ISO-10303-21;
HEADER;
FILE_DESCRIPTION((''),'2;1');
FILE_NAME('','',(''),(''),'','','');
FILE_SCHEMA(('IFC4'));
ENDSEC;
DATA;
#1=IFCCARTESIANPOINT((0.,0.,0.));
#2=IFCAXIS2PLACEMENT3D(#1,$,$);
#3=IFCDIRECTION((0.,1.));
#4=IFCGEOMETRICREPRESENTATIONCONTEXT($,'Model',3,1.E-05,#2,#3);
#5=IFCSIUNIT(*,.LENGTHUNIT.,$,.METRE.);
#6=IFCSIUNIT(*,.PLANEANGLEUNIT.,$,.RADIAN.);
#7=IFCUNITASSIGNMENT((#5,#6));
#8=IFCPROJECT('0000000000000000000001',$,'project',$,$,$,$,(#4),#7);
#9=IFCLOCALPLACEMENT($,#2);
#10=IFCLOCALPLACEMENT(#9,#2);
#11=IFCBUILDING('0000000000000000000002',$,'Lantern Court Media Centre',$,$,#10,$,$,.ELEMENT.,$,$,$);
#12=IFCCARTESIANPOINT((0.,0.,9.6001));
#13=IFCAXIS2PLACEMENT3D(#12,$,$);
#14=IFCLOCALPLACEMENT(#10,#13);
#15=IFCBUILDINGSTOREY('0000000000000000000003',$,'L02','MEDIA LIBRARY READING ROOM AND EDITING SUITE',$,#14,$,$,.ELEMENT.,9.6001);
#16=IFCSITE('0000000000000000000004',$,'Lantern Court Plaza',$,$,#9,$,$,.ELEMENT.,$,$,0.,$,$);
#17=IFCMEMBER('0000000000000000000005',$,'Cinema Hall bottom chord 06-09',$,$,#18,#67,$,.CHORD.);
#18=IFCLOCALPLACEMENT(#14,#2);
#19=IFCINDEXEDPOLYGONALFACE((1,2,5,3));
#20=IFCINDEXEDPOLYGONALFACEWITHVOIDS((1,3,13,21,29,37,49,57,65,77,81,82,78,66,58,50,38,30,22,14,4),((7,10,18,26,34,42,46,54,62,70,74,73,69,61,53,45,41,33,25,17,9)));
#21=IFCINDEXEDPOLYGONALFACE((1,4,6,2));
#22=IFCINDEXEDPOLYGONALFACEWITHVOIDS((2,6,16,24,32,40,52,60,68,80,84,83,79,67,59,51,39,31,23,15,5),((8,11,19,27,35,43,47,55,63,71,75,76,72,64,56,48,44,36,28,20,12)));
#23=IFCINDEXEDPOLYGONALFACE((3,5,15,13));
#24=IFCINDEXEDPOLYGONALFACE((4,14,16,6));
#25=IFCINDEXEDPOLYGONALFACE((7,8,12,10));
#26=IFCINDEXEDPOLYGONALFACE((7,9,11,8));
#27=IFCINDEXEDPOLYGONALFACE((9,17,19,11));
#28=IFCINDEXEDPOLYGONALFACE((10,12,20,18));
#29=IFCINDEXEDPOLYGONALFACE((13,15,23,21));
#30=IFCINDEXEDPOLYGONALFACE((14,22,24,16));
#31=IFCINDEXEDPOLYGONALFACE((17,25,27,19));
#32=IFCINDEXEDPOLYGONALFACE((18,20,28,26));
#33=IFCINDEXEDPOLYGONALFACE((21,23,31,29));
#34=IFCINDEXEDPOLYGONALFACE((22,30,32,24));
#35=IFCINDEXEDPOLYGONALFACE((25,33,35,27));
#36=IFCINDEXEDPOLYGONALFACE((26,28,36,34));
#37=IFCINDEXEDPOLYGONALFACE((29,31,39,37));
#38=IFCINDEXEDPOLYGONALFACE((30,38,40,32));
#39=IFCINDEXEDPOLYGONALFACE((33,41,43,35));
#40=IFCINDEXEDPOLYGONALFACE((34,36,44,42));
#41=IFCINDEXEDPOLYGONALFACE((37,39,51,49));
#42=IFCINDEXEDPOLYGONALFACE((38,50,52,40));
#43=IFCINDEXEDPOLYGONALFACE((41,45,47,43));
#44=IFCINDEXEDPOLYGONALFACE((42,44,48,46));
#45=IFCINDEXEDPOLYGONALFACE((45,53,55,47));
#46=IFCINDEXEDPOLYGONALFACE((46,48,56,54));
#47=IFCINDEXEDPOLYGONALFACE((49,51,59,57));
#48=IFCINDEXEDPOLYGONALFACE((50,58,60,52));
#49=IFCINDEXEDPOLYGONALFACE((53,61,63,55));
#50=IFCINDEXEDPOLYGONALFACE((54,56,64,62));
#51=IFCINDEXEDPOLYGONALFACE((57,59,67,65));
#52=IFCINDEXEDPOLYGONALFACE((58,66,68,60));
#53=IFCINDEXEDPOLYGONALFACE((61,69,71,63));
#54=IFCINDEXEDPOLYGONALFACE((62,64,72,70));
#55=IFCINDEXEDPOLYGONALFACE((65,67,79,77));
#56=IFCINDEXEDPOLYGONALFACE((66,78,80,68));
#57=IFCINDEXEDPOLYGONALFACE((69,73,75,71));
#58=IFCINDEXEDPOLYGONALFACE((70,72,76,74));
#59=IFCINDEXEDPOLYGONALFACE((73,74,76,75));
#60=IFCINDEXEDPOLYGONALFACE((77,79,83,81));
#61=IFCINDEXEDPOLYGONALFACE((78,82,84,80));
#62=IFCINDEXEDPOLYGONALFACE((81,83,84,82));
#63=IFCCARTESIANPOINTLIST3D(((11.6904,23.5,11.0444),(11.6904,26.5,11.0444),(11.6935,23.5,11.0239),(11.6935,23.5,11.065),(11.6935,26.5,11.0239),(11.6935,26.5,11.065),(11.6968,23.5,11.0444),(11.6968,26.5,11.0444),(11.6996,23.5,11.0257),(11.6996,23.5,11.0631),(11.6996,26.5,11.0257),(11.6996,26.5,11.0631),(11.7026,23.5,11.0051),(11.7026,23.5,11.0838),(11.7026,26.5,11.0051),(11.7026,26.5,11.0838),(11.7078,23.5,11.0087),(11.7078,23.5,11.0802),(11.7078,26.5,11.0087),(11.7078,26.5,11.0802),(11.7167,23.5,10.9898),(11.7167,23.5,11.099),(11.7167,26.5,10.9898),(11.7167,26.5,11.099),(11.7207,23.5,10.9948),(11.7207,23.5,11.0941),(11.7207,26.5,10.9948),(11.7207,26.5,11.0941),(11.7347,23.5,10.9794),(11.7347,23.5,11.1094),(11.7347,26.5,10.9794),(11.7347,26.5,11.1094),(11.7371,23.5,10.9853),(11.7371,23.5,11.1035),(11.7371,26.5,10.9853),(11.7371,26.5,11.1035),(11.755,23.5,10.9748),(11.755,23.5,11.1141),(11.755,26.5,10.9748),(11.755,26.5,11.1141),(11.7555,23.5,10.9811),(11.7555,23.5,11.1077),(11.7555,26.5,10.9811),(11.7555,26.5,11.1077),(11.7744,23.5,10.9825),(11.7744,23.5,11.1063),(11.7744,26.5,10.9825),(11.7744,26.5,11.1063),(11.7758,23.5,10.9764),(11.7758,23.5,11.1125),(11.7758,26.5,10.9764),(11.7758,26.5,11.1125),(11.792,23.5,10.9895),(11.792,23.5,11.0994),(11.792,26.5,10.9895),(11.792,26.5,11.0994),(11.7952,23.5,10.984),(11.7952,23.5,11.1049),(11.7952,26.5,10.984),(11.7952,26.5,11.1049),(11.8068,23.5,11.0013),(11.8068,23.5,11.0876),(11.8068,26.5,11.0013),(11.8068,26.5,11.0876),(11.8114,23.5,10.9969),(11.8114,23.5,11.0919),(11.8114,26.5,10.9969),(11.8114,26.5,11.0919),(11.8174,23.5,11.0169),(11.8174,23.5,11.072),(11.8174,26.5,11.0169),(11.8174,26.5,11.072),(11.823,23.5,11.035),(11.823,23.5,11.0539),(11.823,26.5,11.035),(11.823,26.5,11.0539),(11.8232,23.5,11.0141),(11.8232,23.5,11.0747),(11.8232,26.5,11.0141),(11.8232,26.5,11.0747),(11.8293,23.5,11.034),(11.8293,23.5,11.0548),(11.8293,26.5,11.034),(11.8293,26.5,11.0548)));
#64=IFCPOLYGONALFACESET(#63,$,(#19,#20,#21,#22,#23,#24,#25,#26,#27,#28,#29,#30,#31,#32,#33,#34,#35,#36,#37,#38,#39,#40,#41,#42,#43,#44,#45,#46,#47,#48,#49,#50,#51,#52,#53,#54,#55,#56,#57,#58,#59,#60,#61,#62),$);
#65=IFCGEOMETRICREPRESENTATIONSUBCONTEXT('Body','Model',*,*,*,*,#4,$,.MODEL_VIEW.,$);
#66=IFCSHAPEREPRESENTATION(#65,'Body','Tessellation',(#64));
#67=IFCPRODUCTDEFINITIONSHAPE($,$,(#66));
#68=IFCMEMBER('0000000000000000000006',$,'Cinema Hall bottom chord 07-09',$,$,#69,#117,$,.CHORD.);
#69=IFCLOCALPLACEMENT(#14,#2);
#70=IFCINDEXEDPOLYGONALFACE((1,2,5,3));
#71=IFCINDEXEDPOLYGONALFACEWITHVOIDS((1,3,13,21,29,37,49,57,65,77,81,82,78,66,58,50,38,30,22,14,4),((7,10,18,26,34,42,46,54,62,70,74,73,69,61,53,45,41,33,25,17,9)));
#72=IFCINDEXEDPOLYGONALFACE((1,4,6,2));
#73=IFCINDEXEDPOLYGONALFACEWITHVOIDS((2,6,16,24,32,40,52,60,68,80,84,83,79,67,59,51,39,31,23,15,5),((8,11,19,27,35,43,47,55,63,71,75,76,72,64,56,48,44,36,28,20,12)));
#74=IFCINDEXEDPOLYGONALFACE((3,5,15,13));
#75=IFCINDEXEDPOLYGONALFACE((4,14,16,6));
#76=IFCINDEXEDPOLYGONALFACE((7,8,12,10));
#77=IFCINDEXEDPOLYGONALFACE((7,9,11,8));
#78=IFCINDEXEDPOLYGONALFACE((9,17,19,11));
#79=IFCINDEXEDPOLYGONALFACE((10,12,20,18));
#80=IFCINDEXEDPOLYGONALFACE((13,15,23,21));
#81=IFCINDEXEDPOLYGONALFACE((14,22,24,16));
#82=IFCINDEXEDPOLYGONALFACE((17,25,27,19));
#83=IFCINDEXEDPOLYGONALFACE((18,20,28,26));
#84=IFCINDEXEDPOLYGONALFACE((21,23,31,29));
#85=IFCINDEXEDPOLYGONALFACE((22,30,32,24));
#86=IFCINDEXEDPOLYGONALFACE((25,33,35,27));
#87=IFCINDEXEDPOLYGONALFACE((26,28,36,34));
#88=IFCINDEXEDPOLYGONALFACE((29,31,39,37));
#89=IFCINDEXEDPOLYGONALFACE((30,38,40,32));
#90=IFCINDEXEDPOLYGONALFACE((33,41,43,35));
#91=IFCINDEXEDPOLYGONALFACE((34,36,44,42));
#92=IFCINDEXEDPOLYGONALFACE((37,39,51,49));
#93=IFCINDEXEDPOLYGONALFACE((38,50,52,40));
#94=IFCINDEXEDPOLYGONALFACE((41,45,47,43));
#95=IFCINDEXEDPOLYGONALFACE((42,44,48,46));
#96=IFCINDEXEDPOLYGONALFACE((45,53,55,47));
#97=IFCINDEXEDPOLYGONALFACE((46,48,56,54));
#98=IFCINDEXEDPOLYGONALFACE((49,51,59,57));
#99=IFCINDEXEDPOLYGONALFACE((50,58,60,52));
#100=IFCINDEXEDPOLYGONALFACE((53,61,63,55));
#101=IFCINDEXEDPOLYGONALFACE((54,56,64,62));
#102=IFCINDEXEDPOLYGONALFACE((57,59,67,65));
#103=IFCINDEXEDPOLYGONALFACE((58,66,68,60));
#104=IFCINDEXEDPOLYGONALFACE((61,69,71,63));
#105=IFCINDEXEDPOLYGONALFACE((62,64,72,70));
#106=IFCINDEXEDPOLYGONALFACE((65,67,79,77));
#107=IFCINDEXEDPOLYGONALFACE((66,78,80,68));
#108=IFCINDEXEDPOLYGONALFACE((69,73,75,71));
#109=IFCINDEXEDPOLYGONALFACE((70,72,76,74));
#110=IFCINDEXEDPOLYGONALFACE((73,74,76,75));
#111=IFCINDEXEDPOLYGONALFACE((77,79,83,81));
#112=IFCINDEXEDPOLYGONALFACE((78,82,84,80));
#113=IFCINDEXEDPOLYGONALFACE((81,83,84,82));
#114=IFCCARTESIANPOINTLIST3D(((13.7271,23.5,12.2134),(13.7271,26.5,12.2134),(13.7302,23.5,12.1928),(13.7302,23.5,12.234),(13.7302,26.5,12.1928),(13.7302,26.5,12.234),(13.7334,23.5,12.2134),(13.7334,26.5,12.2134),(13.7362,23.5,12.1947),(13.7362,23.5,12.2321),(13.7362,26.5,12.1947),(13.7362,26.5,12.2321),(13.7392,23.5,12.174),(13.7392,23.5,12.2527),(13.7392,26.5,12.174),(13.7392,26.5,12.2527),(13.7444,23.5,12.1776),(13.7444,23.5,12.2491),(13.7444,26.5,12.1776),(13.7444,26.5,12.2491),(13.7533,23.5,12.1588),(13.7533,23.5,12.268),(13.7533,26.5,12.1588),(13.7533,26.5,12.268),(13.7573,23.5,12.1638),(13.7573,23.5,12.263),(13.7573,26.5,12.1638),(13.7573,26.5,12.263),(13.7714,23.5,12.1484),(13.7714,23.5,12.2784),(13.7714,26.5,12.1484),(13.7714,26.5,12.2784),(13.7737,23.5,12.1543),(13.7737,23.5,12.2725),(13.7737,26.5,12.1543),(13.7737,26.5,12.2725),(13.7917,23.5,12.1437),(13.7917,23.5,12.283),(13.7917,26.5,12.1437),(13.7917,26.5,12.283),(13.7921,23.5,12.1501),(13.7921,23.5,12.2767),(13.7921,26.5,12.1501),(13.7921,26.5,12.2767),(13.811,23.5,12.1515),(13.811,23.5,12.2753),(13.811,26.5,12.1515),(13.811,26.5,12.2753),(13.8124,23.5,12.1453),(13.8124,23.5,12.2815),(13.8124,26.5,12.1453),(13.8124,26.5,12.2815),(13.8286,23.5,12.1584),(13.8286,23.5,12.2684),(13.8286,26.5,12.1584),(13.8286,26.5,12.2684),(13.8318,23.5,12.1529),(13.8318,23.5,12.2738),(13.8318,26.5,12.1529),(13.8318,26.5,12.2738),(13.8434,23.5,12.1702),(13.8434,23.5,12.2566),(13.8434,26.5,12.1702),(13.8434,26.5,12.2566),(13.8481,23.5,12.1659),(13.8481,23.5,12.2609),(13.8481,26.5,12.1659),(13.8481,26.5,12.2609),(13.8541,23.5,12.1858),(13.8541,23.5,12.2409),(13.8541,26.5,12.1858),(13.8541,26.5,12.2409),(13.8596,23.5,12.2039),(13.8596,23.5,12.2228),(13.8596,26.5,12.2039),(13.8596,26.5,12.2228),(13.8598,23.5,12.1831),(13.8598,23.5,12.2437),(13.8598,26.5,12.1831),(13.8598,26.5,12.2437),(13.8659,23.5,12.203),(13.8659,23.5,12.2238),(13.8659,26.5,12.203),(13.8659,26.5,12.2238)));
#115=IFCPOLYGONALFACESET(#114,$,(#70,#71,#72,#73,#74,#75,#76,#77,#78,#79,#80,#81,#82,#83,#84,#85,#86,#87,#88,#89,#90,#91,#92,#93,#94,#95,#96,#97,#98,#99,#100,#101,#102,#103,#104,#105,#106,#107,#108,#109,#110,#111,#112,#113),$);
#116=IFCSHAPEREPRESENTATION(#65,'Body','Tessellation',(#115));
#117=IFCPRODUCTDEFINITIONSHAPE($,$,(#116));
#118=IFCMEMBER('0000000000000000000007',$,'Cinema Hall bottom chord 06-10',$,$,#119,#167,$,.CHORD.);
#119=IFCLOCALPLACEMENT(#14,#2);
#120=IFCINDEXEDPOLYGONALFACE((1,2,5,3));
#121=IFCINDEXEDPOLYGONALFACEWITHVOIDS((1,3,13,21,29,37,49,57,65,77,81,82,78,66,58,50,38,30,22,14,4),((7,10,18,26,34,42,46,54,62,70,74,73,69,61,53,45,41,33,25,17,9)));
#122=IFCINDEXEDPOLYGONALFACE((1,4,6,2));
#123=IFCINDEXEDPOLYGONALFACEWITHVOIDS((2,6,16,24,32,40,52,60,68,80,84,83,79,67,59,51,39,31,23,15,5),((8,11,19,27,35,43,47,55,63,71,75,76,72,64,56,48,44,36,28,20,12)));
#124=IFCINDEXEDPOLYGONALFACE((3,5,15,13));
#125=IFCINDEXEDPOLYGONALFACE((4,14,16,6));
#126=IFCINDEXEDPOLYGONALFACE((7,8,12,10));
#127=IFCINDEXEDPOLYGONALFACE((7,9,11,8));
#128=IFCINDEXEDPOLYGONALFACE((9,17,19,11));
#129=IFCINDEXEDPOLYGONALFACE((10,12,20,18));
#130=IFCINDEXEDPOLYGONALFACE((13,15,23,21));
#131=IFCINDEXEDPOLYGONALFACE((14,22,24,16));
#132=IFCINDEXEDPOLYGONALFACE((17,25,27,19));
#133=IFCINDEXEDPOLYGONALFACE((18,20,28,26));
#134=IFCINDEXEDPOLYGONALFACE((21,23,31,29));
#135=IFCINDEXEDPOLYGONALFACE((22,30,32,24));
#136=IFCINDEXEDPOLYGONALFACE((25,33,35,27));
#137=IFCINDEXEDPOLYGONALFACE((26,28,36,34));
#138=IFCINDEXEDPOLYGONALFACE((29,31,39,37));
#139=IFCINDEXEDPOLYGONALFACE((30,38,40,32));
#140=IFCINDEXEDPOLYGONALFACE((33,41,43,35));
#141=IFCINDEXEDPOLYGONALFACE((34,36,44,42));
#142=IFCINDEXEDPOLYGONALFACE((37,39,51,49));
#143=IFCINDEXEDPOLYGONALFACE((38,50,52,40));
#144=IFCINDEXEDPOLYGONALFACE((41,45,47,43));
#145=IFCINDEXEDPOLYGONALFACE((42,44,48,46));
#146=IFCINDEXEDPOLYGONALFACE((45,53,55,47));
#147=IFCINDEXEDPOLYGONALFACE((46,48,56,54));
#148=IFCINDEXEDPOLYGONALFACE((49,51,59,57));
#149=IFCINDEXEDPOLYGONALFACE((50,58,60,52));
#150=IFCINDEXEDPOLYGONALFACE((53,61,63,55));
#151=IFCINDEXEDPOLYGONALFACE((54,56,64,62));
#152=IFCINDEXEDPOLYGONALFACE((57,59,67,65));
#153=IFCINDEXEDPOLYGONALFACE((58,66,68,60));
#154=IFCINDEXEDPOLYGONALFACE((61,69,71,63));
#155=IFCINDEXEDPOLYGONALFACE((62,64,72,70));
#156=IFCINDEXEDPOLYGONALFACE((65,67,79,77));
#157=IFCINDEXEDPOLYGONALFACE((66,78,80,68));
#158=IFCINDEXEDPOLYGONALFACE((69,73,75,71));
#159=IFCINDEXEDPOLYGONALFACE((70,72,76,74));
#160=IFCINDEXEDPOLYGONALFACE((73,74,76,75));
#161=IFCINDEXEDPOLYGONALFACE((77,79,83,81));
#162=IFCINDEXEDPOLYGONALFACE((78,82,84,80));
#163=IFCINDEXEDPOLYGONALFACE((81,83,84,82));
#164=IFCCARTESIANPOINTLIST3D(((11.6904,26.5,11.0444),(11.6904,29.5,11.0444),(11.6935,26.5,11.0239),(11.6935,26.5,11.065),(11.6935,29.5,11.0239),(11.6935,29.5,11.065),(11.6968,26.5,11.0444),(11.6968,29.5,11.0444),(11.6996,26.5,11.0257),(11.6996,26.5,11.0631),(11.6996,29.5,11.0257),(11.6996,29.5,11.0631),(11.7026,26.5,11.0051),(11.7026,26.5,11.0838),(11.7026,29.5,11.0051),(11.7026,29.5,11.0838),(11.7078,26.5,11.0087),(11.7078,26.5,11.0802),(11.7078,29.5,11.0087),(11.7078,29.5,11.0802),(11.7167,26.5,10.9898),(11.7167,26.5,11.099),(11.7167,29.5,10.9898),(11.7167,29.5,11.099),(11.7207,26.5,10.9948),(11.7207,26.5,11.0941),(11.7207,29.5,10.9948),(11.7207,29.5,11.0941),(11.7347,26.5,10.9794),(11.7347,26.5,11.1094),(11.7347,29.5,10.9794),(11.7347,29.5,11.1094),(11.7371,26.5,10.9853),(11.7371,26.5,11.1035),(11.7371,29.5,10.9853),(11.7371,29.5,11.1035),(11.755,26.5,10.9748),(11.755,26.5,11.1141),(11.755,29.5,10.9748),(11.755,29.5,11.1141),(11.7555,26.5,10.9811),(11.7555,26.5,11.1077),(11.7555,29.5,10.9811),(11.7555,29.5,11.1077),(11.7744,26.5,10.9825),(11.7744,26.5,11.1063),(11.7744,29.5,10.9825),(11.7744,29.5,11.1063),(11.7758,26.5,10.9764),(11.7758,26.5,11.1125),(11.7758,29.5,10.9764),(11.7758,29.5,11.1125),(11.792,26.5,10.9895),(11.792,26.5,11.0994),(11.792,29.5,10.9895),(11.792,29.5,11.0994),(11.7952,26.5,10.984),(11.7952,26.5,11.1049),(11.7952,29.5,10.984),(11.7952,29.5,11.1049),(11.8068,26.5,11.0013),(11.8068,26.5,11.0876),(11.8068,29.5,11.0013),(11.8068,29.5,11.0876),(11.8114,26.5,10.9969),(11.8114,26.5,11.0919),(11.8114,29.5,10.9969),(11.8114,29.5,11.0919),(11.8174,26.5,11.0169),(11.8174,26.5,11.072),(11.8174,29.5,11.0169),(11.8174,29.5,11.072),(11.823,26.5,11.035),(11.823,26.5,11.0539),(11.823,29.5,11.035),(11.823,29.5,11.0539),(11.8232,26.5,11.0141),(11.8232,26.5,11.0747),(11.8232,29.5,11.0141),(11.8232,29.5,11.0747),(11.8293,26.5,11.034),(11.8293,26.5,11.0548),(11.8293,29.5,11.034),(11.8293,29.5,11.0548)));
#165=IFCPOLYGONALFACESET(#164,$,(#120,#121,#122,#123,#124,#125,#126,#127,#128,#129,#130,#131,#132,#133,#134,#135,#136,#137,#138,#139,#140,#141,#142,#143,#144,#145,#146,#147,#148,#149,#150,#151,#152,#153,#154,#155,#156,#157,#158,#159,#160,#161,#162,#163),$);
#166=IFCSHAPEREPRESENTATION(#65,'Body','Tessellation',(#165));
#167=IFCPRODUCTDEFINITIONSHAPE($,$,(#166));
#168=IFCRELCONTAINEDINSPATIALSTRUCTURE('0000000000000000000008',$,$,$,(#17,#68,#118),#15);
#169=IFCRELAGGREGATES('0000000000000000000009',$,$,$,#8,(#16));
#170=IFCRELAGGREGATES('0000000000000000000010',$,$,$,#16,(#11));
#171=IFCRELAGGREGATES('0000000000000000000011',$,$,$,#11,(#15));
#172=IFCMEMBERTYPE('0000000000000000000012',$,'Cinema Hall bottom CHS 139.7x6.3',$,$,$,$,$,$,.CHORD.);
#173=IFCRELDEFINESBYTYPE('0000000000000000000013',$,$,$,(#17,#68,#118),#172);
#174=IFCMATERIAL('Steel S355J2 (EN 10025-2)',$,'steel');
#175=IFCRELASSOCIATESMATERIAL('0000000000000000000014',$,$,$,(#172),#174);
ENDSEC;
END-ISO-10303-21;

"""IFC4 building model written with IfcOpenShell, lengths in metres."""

from ifc_helpers import new_model, si_unit, direction, frame, origin, origin_2d, place, context, subcontext, project, spatial, hollow_circle, extrude, material, material_profile, profile_set, type_object, element, save


model = new_model("IFC4")

# Units and contexts
model_context = context("Model", 3, precision=1e-05, world=origin(), true_north=direction((0.0, 1.0)))
body_context = subcontext(model_context, "Body", "Model", "MODEL_VIEW")
ifc_project = project(units=[si_unit("LENGTHUNIT", "METRE"), si_unit("PLANEANGLEUNIT", "RADIAN")], contexts=[model_context])

# Site, building, storey
site_placement = place(None, origin())
site = spatial("IfcSite", under=ifc_project, at=site_placement, Name="Lantern Court Plaza", CompositionType="ELEMENT", RefElevation=0.0)
building_placement = place(site_placement, origin())
building = spatial("IfcBuilding", under=site, at=building_placement, Name="Lantern Court Media Centre", CompositionType="ELEMENT")
storey_placement = place(building_placement, frame((0.0, 0.0, 9.6001)))
storey = spatial("IfcBuildingStorey", under=building, at=storey_placement, Name="L02", Description="MEDIA LIBRARY READING ROOM AND EDITING SUITE", CompositionType="ELEMENT", Elevation=9.6001)

# Members
ifc_material = material(Name="Steel S355J2 (EN 10025-2)", Category="steel")
ifc_material_profile_1 = material_profile(ifc_material, hollow_circle(Radius=0.0698, WallThickness=0.0063, at=origin_2d()), Name="Cinema Hall bottom CHS 139.7x6.3")
ifc_profile_set_1 = profile_set([ifc_material_profile_1], Name="Steel S355J2 (EN 10025-2)")
member_type_1 = type_object("IfcMemberType", Name="Cinema Hall bottom CHS 139.7x6.3", PredefinedType="CHORD", material=ifc_profile_set_1)
for number, where, z_axis, x_axis, name in (
    (1, (11.7603, 23.5, 11.0444), (0.0, 1.0, 0.0), (-1.0, 0.0, 0.0), "Cinema Hall bottom chord 06-09"),
    (2, (13.7969, 23.5, 12.2134), (0.0, 1.0, 0.0), (-1.0, 0.0, 0.0), "Cinema Hall bottom chord 07-09"),
    (3, (11.7603, 26.5, 11.0444), (0.0, 1.0, 0.0), (-1.0, 0.0, 0.0), "Cinema Hall bottom chord 06-10"),
):
    element("IfcMember", number, at=place(storey_placement, frame(where, z_axis=z_axis, x_axis=x_axis)), inside=storey, type_object=member_type_1, Name=name, PredefinedType="CHORD", context=body_context, shape_type="SweptSolid", body=[
        extrude(hollow_circle(Radius=0.0698, WallThickness=0.0063, at=origin_2d()), origin(), (0.0, 0.0, 1.0), 3.0),
    ])

save(model, "model.ifc")
